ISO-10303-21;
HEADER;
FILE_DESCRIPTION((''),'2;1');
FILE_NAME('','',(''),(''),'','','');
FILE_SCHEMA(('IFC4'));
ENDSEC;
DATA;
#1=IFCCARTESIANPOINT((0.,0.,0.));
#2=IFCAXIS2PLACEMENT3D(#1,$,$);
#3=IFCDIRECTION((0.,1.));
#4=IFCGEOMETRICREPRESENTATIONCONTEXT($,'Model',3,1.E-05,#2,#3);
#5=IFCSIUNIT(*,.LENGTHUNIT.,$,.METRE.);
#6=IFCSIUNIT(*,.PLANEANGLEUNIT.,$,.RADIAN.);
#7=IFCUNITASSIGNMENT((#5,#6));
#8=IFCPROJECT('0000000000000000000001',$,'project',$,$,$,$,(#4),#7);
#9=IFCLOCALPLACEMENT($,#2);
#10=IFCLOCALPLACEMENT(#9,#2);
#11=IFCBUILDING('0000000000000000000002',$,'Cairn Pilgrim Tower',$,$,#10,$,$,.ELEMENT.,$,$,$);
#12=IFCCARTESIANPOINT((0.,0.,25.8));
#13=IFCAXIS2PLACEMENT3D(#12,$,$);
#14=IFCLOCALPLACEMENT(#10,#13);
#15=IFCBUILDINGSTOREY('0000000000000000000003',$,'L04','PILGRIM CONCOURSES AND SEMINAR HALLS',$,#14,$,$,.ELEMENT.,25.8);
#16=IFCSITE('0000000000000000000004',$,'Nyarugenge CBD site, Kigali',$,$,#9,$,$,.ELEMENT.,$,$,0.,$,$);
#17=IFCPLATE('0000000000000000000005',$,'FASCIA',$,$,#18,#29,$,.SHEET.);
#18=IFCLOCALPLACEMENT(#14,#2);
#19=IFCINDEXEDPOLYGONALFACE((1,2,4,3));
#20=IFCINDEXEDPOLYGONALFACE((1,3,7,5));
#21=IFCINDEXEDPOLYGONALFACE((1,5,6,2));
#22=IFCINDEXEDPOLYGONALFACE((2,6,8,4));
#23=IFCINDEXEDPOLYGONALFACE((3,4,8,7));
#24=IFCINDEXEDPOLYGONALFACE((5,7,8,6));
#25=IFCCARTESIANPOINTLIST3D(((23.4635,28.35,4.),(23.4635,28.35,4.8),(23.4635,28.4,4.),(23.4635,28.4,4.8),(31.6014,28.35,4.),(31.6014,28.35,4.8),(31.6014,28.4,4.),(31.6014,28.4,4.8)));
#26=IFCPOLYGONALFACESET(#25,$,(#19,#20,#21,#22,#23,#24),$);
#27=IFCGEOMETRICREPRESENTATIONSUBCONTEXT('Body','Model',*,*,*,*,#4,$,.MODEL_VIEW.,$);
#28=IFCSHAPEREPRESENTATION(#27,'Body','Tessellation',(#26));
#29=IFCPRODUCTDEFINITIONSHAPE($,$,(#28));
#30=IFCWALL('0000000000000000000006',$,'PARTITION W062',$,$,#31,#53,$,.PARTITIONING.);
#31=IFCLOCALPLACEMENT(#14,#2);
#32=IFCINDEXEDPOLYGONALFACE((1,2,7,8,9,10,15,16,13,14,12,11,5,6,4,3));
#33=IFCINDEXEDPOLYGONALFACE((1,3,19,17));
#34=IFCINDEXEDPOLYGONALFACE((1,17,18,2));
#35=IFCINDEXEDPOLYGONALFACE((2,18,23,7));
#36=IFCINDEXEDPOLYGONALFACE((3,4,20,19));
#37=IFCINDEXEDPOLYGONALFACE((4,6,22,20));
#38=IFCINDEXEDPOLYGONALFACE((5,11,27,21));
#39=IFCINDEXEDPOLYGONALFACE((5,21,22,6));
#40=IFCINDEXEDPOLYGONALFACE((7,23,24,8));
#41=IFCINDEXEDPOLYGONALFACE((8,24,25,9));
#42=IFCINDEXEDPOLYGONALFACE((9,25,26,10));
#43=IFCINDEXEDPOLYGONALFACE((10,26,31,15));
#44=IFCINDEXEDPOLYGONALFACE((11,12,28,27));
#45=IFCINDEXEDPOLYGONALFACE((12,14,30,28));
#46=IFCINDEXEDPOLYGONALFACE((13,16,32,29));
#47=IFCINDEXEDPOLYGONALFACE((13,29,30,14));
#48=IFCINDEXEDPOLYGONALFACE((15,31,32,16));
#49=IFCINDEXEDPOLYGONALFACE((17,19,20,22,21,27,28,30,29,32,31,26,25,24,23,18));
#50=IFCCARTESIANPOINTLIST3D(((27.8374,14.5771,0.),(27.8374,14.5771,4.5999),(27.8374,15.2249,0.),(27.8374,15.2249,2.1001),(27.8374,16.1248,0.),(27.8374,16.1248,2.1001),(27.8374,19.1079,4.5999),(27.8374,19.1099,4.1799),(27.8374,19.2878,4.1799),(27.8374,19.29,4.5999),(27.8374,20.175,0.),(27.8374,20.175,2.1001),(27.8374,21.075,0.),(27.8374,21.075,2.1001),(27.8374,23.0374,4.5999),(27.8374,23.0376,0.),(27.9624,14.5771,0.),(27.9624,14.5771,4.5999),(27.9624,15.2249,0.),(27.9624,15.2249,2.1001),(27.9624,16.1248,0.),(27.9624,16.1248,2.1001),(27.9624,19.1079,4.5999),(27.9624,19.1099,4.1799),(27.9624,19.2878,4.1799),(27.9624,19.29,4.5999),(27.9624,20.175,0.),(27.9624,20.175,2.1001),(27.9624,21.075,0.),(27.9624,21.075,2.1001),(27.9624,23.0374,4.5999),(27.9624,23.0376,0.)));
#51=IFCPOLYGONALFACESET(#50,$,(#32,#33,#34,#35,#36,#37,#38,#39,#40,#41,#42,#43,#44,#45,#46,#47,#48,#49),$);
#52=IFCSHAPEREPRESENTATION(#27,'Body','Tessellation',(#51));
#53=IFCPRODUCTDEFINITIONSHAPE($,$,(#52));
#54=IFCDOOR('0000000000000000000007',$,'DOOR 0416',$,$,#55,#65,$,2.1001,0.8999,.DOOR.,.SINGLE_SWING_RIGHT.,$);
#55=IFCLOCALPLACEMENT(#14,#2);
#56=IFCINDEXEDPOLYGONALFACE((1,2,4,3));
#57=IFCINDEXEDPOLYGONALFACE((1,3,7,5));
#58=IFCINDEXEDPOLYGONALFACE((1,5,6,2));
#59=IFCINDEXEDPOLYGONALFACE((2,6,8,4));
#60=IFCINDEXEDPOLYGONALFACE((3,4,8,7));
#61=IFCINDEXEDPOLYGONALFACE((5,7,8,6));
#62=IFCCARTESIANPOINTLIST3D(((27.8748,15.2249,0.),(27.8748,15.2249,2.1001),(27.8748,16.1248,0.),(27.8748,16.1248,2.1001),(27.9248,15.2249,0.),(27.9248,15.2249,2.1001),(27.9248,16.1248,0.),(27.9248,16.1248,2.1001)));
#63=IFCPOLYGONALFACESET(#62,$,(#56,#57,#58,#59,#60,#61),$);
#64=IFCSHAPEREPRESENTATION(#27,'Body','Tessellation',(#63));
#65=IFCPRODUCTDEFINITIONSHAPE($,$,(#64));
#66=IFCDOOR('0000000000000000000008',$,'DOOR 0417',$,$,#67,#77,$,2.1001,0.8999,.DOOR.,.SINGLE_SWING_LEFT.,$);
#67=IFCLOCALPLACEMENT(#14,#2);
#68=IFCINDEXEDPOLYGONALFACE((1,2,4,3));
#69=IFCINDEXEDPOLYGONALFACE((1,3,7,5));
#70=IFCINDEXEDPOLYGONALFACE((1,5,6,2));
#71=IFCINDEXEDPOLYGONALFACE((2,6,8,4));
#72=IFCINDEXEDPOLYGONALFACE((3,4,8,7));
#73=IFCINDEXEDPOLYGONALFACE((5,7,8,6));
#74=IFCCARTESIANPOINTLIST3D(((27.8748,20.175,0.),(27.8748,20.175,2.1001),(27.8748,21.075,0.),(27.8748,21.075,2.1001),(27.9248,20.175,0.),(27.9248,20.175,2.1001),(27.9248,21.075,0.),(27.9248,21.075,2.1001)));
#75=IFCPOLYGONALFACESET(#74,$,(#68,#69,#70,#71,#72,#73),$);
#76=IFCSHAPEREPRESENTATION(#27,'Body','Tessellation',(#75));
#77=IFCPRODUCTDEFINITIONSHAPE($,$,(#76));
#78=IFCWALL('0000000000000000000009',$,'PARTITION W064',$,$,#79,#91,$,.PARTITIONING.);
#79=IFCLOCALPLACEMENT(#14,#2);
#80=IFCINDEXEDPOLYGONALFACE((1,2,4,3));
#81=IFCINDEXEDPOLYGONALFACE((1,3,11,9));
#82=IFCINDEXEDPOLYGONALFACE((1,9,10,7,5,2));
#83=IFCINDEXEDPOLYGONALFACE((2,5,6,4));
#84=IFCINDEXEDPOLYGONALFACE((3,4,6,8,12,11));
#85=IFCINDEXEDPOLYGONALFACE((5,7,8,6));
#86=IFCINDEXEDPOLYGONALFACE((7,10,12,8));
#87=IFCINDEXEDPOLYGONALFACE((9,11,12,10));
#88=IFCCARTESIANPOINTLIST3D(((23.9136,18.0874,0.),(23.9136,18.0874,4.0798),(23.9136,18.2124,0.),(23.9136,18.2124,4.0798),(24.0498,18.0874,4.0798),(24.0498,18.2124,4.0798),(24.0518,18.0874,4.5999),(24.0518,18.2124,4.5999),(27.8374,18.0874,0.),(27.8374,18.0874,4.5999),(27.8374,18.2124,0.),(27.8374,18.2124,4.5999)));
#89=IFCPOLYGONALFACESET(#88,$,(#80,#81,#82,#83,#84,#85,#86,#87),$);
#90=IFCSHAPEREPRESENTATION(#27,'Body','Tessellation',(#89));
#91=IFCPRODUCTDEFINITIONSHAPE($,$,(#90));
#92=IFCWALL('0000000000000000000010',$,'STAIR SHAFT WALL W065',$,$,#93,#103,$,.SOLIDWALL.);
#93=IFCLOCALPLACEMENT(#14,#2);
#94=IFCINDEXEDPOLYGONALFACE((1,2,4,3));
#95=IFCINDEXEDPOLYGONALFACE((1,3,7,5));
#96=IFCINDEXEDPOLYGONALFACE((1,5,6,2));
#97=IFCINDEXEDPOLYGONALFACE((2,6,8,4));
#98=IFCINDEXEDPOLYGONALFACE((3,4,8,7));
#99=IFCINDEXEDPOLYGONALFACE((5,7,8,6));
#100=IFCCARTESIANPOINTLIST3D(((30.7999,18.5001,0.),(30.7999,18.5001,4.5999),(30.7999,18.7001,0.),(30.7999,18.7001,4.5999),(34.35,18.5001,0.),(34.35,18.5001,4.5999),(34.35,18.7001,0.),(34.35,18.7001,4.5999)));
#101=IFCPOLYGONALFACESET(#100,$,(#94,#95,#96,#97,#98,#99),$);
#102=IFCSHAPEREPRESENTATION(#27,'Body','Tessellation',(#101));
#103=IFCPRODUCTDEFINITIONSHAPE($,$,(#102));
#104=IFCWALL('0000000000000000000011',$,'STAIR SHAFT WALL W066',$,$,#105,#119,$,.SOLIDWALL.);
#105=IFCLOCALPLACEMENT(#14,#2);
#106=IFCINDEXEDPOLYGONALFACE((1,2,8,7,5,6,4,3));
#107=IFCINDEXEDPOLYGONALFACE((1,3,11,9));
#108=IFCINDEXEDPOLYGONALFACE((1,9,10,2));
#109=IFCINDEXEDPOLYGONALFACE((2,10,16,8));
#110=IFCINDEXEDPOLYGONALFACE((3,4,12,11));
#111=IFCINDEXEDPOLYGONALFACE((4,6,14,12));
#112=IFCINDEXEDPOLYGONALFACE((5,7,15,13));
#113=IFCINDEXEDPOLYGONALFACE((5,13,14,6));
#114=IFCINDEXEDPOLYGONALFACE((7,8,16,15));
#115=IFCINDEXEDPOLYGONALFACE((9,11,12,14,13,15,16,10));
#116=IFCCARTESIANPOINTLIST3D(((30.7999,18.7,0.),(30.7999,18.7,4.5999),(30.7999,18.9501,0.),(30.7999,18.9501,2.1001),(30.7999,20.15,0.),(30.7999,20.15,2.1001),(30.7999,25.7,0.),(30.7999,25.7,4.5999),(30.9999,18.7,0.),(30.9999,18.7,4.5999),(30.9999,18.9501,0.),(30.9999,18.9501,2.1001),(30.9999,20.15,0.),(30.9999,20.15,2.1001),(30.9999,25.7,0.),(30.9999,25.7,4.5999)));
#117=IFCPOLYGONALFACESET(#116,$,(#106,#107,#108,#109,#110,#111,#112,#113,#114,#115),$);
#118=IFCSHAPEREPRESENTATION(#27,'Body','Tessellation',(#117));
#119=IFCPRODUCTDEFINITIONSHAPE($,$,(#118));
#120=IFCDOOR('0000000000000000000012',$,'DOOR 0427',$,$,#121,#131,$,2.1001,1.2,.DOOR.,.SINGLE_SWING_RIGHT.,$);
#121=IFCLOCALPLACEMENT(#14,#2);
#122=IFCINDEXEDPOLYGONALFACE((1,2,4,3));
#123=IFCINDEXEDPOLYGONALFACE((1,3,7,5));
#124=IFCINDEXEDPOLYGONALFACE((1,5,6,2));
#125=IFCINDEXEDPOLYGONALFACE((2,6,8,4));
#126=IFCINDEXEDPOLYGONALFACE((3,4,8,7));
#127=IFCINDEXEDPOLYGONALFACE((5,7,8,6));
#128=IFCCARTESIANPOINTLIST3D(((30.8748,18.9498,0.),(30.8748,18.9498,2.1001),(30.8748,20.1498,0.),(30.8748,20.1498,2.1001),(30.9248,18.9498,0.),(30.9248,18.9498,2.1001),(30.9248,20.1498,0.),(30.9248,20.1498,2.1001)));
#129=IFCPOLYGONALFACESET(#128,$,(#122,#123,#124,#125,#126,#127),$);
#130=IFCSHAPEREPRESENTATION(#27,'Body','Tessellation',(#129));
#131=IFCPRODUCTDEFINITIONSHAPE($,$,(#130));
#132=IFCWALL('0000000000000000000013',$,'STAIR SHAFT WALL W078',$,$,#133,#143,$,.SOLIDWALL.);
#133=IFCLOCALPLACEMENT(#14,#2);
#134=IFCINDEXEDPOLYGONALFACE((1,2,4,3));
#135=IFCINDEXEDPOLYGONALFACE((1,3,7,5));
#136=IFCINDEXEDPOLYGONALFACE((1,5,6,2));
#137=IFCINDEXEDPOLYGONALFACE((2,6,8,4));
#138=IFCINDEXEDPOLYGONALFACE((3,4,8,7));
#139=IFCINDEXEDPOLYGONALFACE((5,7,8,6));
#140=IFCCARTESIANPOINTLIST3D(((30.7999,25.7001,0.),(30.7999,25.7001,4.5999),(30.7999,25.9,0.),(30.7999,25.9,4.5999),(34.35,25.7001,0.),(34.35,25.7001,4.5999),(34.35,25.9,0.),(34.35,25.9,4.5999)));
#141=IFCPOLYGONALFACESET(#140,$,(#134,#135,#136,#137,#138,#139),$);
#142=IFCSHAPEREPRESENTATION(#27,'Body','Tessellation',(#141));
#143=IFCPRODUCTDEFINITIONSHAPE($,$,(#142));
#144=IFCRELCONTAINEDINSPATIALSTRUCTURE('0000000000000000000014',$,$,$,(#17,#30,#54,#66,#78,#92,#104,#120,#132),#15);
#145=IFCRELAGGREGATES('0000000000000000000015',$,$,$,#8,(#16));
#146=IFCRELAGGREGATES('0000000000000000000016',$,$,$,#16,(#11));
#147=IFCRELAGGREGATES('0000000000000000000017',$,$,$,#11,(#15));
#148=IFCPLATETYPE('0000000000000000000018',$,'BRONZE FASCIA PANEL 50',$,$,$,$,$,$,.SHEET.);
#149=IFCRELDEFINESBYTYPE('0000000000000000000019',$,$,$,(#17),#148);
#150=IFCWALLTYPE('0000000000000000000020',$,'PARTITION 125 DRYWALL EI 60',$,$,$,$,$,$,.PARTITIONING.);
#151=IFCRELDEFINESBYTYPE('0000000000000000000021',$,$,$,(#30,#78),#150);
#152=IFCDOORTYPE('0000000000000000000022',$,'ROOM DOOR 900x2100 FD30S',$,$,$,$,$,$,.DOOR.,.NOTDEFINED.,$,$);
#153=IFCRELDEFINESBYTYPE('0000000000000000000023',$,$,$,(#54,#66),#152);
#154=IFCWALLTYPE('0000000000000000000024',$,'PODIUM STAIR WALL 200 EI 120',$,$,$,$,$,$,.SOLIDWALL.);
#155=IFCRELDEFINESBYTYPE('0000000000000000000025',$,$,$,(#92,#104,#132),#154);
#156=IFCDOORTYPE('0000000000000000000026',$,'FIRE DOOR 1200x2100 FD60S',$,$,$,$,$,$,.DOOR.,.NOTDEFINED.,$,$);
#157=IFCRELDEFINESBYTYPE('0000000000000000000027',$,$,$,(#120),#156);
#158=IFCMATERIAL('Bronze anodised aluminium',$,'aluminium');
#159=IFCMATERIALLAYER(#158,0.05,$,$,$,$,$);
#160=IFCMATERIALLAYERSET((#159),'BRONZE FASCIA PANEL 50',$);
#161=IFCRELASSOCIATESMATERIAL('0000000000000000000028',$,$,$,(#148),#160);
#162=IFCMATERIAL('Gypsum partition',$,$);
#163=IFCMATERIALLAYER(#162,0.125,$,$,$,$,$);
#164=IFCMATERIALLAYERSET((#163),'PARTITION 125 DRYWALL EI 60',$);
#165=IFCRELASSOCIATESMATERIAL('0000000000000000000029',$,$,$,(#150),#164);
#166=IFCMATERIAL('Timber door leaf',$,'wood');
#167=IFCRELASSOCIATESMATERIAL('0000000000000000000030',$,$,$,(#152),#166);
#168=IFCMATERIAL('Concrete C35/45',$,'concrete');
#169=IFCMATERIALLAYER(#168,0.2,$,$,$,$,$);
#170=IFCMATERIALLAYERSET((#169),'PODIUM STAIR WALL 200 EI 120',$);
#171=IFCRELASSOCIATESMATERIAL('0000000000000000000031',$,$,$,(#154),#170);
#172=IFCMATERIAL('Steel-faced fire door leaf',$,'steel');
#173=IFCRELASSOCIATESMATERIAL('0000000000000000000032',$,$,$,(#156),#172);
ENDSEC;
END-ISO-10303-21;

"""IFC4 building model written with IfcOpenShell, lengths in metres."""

from ifc_helpers import new_model, si_unit, direction, frame, frame_2d, origin, origin_2d, place, context, subcontext, project, spatial, polyline, rectangle, outline, extrude, material, layer, layer_set, type_object, element, fill, save


model = new_model("IFC4")

# Units and contexts
model_context = context("Model", 3, precision=1e-05, world=origin(), true_north=direction((0.0, 1.0)))
body_context = subcontext(model_context, "Body", "Model", "MODEL_VIEW")
ifc_project = project(units=[si_unit("LENGTHUNIT", "METRE"), si_unit("PLANEANGLEUNIT", "RADIAN")], contexts=[model_context])

# Site, building, storey
site_placement = place(None, origin())
site = spatial("IfcSite", under=ifc_project, at=site_placement, Name="Nyarugenge CBD site, Kigali", CompositionType="ELEMENT", RefElevation=0.0)
building_placement = place(site_placement, origin())
building = spatial("IfcBuilding", under=site, at=building_placement, Name="Cairn Pilgrim Tower", CompositionType="ELEMENT")
storey_placement = place(building_placement, frame((0.0, 0.0, 25.8)))
storey = spatial("IfcBuildingStorey", under=building, at=storey_placement, Name="L04", Description="PILGRIM CONCOURSES AND SEMINAR HALLS", CompositionType="ELEMENT", Elevation=25.8)

# Plate
ifc_material_1 = material(Name="Bronze anodised aluminium", Category="aluminium")
ifc_layer_1 = layer(ifc_material_1, 0.05)
ifc_layer_set_1 = layer_set([ifc_layer_1], Name="BRONZE FASCIA PANEL 50")
plate_type = type_object("IfcPlateType", Name="BRONZE FASCIA PANEL 50", PredefinedType="SHEET", material=ifc_layer_set_1)
plate_placement = place(storey_placement, frame((27.5325, 28.375, 4.0), z_axis=(0.0, 0.0, 1.0), x_axis=(-1.0, 0.0, 0.0)))
element("IfcPlate", 1, at=plate_placement, inside=storey, type_object=plate_type, Name="FASCIA", PredefinedType="SHEET", context=body_context, shape_type="SweptSolid", body=[
    extrude(rectangle(XDim=8.1379, YDim=0.05, at=origin_2d()), origin(), (0.0, 0.0, 1.0), 0.8),
])

# Wall, openings, doors
ifc_material_2 = material(Name="Gypsum partition")
ifc_layer_2 = layer(ifc_material_2, 0.125)
ifc_layer_set_2 = layer_set([ifc_layer_2], Name="PARTITION 125 DRYWALL EI 60")
wall_type_1 = type_object("IfcWallType", Name="PARTITION 125 DRYWALL EI 60", PredefinedType="PARTITIONING", material=ifc_layer_set_2)
wall_1_placement = place(storey_placement, frame((27.8999, 14.5771, 0.0), z_axis=(0.0, 0.0, 1.0), x_axis=(0.0, 1.0, 0.0)))
wall_1 = element("IfcWall", 2, at=wall_1_placement, inside=storey, type_object=wall_type_1, Name="PARTITION W062", PredefinedType="PARTITIONING", context=body_context, shape_type="SweptSolid", body=[
    extrude(outline(polyline([(0.0, 0.0), (8.4604, 0.0), (8.4602, 4.5999), (4.7129, 4.5999), (4.7107, 4.1799), (4.5327, 4.1799), (4.5308, 4.5999), (0.0, 4.5999), (0.0, 0.0)])), frame((0.0, 0.0625, 0.0), z_axis=(0.0, -1.0, 0.0), x_axis=(1.0, 0.0, 0.0)), (0.0, 0.0, 1.0), 0.125),
])
opening_1_placement = place(wall_1_placement, frame((0.6477, 0.0, 0.0)))
opening_1 = element("IfcOpeningElement", 3, at=opening_1_placement, cuts=wall_1, PredefinedType="OPENING", context=body_context, shape_type="SweptSolid", body=[
    extrude(rectangle(XDim=0.8999, YDim=2.1001, at=frame_2d((0.45, 1.05))), frame((0.0, 0.0725, 0.0), z_axis=(0.0, -1.0, 0.0), x_axis=(1.0, 0.0, 0.0)), (0.0, 0.0, 1.0), 0.145),
])
opening_2_placement = place(wall_1_placement, frame((5.5979, 0.0, 0.0)))
opening_2 = element("IfcOpeningElement", 4, at=opening_2_placement, cuts=wall_1, PredefinedType="OPENING", context=body_context, shape_type="SweptSolid", body=[
    extrude(rectangle(XDim=0.8999, YDim=2.1001, at=frame_2d((0.45, 1.05))), frame((0.0, 0.0725, 0.0), z_axis=(0.0, -1.0, 0.0), x_axis=(1.0, 0.0, 0.0)), (0.0, 0.0, 1.0), 0.145),
])
ifc_material_3 = material(Name="Timber door leaf", Category="wood")
door_type_1 = type_object("IfcDoorType", Name="ROOM DOOR 900x2100 FD30S", OperationType="NOTDEFINED", PredefinedType="DOOR", material=ifc_material_3)
door_1_placement = place(opening_1_placement, frame((0.8999, 0.0, 0.0), z_axis=(0.0, 0.0, 1.0), x_axis=(-1.0, 0.0, 0.0)))
door_1 = element("IfcDoor", 5, at=door_1_placement, inside=storey, type_object=door_type_1, Name="DOOR 0416", OperationType="SINGLE_SWING_RIGHT", OverallHeight=2.1001, OverallWidth=0.8999, PredefinedType="DOOR", context=body_context, shape_type="SweptSolid", body=[
    extrude(rectangle(XDim=0.8999, YDim=2.1001, at=frame_2d((0.45, 1.05))), frame((0.0, 0.0249, 0.0), z_axis=(0.0, -1.0, 0.0), x_axis=(1.0, 0.0, 0.0)), (0.0, 0.0, 1.0), 0.05),
])
fill(opening_1, door_1)
door_2_placement = place(opening_2_placement, frame((0.8999, 0.0, 0.0), z_axis=(0.0, 0.0, 1.0), x_axis=(-1.0, 0.0, 0.0)))
door_2 = element("IfcDoor", 6, at=door_2_placement, inside=storey, type_object=door_type_1, Name="DOOR 0417", OperationType="SINGLE_SWING_LEFT", OverallHeight=2.1001, OverallWidth=0.8999, PredefinedType="DOOR", context=body_context, shape_type="SweptSolid", body=[
    extrude(rectangle(XDim=0.8999, YDim=2.1001, at=frame_2d((0.45, 1.05))), frame((0.0, 0.0249, 0.0), z_axis=(0.0, -1.0, 0.0), x_axis=(1.0, 0.0, 0.0)), (0.0, 0.0, 1.0), 0.05),
])
fill(opening_2, door_2)

# Walls
wall_2_placement = place(storey_placement, frame((23.9136, 18.1499, 0.0), z_axis=(0.0, 0.0, 1.0), x_axis=(1.0, 0.0, 0.0)))
element("IfcWall", 7, at=wall_2_placement, inside=storey, type_object=wall_type_1, Name="PARTITION W064", PredefinedType="PARTITIONING", context=body_context, shape_type="SweptSolid", body=[
    extrude(outline(polyline([(0.0, 0.0), (3.9238, 0.0), (3.9238, 4.5999), (0.1382, 4.5999), (0.1362, 4.0798), (0.0, 4.0798), (0.0, 0.0)])), frame((0.0, 0.0625, 0.0), z_axis=(0.0, -1.0, 0.0), x_axis=(1.0, 0.0, 0.0)), (0.0, 0.0, 1.0), 0.125),
])
ifc_material_4 = material(Name="Concrete C35/45", Category="concrete")
ifc_layer_3 = layer(ifc_material_4, 0.2)
ifc_layer_set_3 = layer_set([ifc_layer_3], Name="PODIUM STAIR WALL 200 EI 120")
wall_type_2 = type_object("IfcWallType", Name="PODIUM STAIR WALL 200 EI 120", PredefinedType="SOLIDWALL", material=ifc_layer_set_3)
wall_3_placement = place(storey_placement, frame((30.8, 18.6001, 0.0), z_axis=(0.0, 0.0, 1.0), x_axis=(1.0, 0.0, 0.0)))
element("IfcWall", 8, at=wall_3_placement, inside=storey, type_object=wall_type_2, Name="STAIR SHAFT WALL W065", PredefinedType="SOLIDWALL", context=body_context, shape_type="SweptSolid", body=[
    extrude(rectangle(XDim=3.55, YDim=0.2, at=frame_2d((1.7749, 0.0))), origin(), (0.0, 0.0, 1.0), 4.5999),
])

# Wall, opening, door
wall_4_placement = place(storey_placement, frame((30.8999, 18.7, 0.0), z_axis=(0.0, 0.0, 1.0), x_axis=(0.0, 1.0, 0.0)))
wall_4 = element("IfcWall", 9, at=wall_4_placement, inside=storey, type_object=wall_type_2, Name="STAIR SHAFT WALL W066", PredefinedType="SOLIDWALL", context=body_context, shape_type="SweptSolid", body=[
    extrude(rectangle(XDim=7.0, YDim=0.2, at=frame_2d((3.5, 0.0))), origin(), (0.0, 0.0, 1.0), 4.5999),
])
opening_3_placement = place(wall_4_placement, frame((0.25, 0.0, 0.0)))
opening_3 = element("IfcOpeningElement", 10, at=opening_3_placement, cuts=wall_4, PredefinedType="OPENING", context=body_context, shape_type="SweptSolid", body=[
    extrude(rectangle(XDim=1.2, YDim=2.1001, at=frame_2d((0.6001, 1.05))), frame((0.0, 0.1099, 0.0), z_axis=(0.0, -1.0, 0.0), x_axis=(1.0, 0.0, 0.0)), (0.0, 0.0, 1.0), 0.22),
])
ifc_material_5 = material(Name="Steel-faced fire door leaf", Category="steel")
door_type_2 = type_object("IfcDoorType", Name="FIRE DOOR 1200x2100 FD60S", OperationType="NOTDEFINED", PredefinedType="DOOR", material=ifc_material_5)
door_3_placement = place(opening_3_placement, frame((1.2, 0.0, 0.0), z_axis=(0.0, 0.0, 1.0), x_axis=(-1.0, 0.0, 0.0)))
door_3 = element("IfcDoor", 11, at=door_3_placement, inside=storey, type_object=door_type_2, Name="DOOR 0427", OperationType="SINGLE_SWING_RIGHT", OverallHeight=2.1001, OverallWidth=1.2, PredefinedType="DOOR", context=body_context, shape_type="SweptSolid", body=[
    extrude(rectangle(XDim=1.2, YDim=2.1001, at=frame_2d((0.6001, 1.05))), frame((0.0, 0.0249, 0.0), z_axis=(0.0, -1.0, 0.0), x_axis=(1.0, 0.0, 0.0)), (0.0, 0.0, 1.0), 0.05),
])
fill(opening_3, door_3)

# Wall
wall_5_placement = place(storey_placement, frame((30.8, 25.8, 0.0), z_axis=(0.0, 0.0, 1.0), x_axis=(1.0, 0.0, 0.0)))
element("IfcWall", 12, at=wall_5_placement, inside=storey, type_object=wall_type_2, Name="STAIR SHAFT WALL W078", PredefinedType="SOLIDWALL", context=body_context, shape_type="SweptSolid", body=[
    extrude(rectangle(XDim=3.55, YDim=0.2, at=frame_2d((1.7749, 0.0))), origin(), (0.0, 0.0, 1.0), 4.5999),
])

save(model, "model.ifc")
